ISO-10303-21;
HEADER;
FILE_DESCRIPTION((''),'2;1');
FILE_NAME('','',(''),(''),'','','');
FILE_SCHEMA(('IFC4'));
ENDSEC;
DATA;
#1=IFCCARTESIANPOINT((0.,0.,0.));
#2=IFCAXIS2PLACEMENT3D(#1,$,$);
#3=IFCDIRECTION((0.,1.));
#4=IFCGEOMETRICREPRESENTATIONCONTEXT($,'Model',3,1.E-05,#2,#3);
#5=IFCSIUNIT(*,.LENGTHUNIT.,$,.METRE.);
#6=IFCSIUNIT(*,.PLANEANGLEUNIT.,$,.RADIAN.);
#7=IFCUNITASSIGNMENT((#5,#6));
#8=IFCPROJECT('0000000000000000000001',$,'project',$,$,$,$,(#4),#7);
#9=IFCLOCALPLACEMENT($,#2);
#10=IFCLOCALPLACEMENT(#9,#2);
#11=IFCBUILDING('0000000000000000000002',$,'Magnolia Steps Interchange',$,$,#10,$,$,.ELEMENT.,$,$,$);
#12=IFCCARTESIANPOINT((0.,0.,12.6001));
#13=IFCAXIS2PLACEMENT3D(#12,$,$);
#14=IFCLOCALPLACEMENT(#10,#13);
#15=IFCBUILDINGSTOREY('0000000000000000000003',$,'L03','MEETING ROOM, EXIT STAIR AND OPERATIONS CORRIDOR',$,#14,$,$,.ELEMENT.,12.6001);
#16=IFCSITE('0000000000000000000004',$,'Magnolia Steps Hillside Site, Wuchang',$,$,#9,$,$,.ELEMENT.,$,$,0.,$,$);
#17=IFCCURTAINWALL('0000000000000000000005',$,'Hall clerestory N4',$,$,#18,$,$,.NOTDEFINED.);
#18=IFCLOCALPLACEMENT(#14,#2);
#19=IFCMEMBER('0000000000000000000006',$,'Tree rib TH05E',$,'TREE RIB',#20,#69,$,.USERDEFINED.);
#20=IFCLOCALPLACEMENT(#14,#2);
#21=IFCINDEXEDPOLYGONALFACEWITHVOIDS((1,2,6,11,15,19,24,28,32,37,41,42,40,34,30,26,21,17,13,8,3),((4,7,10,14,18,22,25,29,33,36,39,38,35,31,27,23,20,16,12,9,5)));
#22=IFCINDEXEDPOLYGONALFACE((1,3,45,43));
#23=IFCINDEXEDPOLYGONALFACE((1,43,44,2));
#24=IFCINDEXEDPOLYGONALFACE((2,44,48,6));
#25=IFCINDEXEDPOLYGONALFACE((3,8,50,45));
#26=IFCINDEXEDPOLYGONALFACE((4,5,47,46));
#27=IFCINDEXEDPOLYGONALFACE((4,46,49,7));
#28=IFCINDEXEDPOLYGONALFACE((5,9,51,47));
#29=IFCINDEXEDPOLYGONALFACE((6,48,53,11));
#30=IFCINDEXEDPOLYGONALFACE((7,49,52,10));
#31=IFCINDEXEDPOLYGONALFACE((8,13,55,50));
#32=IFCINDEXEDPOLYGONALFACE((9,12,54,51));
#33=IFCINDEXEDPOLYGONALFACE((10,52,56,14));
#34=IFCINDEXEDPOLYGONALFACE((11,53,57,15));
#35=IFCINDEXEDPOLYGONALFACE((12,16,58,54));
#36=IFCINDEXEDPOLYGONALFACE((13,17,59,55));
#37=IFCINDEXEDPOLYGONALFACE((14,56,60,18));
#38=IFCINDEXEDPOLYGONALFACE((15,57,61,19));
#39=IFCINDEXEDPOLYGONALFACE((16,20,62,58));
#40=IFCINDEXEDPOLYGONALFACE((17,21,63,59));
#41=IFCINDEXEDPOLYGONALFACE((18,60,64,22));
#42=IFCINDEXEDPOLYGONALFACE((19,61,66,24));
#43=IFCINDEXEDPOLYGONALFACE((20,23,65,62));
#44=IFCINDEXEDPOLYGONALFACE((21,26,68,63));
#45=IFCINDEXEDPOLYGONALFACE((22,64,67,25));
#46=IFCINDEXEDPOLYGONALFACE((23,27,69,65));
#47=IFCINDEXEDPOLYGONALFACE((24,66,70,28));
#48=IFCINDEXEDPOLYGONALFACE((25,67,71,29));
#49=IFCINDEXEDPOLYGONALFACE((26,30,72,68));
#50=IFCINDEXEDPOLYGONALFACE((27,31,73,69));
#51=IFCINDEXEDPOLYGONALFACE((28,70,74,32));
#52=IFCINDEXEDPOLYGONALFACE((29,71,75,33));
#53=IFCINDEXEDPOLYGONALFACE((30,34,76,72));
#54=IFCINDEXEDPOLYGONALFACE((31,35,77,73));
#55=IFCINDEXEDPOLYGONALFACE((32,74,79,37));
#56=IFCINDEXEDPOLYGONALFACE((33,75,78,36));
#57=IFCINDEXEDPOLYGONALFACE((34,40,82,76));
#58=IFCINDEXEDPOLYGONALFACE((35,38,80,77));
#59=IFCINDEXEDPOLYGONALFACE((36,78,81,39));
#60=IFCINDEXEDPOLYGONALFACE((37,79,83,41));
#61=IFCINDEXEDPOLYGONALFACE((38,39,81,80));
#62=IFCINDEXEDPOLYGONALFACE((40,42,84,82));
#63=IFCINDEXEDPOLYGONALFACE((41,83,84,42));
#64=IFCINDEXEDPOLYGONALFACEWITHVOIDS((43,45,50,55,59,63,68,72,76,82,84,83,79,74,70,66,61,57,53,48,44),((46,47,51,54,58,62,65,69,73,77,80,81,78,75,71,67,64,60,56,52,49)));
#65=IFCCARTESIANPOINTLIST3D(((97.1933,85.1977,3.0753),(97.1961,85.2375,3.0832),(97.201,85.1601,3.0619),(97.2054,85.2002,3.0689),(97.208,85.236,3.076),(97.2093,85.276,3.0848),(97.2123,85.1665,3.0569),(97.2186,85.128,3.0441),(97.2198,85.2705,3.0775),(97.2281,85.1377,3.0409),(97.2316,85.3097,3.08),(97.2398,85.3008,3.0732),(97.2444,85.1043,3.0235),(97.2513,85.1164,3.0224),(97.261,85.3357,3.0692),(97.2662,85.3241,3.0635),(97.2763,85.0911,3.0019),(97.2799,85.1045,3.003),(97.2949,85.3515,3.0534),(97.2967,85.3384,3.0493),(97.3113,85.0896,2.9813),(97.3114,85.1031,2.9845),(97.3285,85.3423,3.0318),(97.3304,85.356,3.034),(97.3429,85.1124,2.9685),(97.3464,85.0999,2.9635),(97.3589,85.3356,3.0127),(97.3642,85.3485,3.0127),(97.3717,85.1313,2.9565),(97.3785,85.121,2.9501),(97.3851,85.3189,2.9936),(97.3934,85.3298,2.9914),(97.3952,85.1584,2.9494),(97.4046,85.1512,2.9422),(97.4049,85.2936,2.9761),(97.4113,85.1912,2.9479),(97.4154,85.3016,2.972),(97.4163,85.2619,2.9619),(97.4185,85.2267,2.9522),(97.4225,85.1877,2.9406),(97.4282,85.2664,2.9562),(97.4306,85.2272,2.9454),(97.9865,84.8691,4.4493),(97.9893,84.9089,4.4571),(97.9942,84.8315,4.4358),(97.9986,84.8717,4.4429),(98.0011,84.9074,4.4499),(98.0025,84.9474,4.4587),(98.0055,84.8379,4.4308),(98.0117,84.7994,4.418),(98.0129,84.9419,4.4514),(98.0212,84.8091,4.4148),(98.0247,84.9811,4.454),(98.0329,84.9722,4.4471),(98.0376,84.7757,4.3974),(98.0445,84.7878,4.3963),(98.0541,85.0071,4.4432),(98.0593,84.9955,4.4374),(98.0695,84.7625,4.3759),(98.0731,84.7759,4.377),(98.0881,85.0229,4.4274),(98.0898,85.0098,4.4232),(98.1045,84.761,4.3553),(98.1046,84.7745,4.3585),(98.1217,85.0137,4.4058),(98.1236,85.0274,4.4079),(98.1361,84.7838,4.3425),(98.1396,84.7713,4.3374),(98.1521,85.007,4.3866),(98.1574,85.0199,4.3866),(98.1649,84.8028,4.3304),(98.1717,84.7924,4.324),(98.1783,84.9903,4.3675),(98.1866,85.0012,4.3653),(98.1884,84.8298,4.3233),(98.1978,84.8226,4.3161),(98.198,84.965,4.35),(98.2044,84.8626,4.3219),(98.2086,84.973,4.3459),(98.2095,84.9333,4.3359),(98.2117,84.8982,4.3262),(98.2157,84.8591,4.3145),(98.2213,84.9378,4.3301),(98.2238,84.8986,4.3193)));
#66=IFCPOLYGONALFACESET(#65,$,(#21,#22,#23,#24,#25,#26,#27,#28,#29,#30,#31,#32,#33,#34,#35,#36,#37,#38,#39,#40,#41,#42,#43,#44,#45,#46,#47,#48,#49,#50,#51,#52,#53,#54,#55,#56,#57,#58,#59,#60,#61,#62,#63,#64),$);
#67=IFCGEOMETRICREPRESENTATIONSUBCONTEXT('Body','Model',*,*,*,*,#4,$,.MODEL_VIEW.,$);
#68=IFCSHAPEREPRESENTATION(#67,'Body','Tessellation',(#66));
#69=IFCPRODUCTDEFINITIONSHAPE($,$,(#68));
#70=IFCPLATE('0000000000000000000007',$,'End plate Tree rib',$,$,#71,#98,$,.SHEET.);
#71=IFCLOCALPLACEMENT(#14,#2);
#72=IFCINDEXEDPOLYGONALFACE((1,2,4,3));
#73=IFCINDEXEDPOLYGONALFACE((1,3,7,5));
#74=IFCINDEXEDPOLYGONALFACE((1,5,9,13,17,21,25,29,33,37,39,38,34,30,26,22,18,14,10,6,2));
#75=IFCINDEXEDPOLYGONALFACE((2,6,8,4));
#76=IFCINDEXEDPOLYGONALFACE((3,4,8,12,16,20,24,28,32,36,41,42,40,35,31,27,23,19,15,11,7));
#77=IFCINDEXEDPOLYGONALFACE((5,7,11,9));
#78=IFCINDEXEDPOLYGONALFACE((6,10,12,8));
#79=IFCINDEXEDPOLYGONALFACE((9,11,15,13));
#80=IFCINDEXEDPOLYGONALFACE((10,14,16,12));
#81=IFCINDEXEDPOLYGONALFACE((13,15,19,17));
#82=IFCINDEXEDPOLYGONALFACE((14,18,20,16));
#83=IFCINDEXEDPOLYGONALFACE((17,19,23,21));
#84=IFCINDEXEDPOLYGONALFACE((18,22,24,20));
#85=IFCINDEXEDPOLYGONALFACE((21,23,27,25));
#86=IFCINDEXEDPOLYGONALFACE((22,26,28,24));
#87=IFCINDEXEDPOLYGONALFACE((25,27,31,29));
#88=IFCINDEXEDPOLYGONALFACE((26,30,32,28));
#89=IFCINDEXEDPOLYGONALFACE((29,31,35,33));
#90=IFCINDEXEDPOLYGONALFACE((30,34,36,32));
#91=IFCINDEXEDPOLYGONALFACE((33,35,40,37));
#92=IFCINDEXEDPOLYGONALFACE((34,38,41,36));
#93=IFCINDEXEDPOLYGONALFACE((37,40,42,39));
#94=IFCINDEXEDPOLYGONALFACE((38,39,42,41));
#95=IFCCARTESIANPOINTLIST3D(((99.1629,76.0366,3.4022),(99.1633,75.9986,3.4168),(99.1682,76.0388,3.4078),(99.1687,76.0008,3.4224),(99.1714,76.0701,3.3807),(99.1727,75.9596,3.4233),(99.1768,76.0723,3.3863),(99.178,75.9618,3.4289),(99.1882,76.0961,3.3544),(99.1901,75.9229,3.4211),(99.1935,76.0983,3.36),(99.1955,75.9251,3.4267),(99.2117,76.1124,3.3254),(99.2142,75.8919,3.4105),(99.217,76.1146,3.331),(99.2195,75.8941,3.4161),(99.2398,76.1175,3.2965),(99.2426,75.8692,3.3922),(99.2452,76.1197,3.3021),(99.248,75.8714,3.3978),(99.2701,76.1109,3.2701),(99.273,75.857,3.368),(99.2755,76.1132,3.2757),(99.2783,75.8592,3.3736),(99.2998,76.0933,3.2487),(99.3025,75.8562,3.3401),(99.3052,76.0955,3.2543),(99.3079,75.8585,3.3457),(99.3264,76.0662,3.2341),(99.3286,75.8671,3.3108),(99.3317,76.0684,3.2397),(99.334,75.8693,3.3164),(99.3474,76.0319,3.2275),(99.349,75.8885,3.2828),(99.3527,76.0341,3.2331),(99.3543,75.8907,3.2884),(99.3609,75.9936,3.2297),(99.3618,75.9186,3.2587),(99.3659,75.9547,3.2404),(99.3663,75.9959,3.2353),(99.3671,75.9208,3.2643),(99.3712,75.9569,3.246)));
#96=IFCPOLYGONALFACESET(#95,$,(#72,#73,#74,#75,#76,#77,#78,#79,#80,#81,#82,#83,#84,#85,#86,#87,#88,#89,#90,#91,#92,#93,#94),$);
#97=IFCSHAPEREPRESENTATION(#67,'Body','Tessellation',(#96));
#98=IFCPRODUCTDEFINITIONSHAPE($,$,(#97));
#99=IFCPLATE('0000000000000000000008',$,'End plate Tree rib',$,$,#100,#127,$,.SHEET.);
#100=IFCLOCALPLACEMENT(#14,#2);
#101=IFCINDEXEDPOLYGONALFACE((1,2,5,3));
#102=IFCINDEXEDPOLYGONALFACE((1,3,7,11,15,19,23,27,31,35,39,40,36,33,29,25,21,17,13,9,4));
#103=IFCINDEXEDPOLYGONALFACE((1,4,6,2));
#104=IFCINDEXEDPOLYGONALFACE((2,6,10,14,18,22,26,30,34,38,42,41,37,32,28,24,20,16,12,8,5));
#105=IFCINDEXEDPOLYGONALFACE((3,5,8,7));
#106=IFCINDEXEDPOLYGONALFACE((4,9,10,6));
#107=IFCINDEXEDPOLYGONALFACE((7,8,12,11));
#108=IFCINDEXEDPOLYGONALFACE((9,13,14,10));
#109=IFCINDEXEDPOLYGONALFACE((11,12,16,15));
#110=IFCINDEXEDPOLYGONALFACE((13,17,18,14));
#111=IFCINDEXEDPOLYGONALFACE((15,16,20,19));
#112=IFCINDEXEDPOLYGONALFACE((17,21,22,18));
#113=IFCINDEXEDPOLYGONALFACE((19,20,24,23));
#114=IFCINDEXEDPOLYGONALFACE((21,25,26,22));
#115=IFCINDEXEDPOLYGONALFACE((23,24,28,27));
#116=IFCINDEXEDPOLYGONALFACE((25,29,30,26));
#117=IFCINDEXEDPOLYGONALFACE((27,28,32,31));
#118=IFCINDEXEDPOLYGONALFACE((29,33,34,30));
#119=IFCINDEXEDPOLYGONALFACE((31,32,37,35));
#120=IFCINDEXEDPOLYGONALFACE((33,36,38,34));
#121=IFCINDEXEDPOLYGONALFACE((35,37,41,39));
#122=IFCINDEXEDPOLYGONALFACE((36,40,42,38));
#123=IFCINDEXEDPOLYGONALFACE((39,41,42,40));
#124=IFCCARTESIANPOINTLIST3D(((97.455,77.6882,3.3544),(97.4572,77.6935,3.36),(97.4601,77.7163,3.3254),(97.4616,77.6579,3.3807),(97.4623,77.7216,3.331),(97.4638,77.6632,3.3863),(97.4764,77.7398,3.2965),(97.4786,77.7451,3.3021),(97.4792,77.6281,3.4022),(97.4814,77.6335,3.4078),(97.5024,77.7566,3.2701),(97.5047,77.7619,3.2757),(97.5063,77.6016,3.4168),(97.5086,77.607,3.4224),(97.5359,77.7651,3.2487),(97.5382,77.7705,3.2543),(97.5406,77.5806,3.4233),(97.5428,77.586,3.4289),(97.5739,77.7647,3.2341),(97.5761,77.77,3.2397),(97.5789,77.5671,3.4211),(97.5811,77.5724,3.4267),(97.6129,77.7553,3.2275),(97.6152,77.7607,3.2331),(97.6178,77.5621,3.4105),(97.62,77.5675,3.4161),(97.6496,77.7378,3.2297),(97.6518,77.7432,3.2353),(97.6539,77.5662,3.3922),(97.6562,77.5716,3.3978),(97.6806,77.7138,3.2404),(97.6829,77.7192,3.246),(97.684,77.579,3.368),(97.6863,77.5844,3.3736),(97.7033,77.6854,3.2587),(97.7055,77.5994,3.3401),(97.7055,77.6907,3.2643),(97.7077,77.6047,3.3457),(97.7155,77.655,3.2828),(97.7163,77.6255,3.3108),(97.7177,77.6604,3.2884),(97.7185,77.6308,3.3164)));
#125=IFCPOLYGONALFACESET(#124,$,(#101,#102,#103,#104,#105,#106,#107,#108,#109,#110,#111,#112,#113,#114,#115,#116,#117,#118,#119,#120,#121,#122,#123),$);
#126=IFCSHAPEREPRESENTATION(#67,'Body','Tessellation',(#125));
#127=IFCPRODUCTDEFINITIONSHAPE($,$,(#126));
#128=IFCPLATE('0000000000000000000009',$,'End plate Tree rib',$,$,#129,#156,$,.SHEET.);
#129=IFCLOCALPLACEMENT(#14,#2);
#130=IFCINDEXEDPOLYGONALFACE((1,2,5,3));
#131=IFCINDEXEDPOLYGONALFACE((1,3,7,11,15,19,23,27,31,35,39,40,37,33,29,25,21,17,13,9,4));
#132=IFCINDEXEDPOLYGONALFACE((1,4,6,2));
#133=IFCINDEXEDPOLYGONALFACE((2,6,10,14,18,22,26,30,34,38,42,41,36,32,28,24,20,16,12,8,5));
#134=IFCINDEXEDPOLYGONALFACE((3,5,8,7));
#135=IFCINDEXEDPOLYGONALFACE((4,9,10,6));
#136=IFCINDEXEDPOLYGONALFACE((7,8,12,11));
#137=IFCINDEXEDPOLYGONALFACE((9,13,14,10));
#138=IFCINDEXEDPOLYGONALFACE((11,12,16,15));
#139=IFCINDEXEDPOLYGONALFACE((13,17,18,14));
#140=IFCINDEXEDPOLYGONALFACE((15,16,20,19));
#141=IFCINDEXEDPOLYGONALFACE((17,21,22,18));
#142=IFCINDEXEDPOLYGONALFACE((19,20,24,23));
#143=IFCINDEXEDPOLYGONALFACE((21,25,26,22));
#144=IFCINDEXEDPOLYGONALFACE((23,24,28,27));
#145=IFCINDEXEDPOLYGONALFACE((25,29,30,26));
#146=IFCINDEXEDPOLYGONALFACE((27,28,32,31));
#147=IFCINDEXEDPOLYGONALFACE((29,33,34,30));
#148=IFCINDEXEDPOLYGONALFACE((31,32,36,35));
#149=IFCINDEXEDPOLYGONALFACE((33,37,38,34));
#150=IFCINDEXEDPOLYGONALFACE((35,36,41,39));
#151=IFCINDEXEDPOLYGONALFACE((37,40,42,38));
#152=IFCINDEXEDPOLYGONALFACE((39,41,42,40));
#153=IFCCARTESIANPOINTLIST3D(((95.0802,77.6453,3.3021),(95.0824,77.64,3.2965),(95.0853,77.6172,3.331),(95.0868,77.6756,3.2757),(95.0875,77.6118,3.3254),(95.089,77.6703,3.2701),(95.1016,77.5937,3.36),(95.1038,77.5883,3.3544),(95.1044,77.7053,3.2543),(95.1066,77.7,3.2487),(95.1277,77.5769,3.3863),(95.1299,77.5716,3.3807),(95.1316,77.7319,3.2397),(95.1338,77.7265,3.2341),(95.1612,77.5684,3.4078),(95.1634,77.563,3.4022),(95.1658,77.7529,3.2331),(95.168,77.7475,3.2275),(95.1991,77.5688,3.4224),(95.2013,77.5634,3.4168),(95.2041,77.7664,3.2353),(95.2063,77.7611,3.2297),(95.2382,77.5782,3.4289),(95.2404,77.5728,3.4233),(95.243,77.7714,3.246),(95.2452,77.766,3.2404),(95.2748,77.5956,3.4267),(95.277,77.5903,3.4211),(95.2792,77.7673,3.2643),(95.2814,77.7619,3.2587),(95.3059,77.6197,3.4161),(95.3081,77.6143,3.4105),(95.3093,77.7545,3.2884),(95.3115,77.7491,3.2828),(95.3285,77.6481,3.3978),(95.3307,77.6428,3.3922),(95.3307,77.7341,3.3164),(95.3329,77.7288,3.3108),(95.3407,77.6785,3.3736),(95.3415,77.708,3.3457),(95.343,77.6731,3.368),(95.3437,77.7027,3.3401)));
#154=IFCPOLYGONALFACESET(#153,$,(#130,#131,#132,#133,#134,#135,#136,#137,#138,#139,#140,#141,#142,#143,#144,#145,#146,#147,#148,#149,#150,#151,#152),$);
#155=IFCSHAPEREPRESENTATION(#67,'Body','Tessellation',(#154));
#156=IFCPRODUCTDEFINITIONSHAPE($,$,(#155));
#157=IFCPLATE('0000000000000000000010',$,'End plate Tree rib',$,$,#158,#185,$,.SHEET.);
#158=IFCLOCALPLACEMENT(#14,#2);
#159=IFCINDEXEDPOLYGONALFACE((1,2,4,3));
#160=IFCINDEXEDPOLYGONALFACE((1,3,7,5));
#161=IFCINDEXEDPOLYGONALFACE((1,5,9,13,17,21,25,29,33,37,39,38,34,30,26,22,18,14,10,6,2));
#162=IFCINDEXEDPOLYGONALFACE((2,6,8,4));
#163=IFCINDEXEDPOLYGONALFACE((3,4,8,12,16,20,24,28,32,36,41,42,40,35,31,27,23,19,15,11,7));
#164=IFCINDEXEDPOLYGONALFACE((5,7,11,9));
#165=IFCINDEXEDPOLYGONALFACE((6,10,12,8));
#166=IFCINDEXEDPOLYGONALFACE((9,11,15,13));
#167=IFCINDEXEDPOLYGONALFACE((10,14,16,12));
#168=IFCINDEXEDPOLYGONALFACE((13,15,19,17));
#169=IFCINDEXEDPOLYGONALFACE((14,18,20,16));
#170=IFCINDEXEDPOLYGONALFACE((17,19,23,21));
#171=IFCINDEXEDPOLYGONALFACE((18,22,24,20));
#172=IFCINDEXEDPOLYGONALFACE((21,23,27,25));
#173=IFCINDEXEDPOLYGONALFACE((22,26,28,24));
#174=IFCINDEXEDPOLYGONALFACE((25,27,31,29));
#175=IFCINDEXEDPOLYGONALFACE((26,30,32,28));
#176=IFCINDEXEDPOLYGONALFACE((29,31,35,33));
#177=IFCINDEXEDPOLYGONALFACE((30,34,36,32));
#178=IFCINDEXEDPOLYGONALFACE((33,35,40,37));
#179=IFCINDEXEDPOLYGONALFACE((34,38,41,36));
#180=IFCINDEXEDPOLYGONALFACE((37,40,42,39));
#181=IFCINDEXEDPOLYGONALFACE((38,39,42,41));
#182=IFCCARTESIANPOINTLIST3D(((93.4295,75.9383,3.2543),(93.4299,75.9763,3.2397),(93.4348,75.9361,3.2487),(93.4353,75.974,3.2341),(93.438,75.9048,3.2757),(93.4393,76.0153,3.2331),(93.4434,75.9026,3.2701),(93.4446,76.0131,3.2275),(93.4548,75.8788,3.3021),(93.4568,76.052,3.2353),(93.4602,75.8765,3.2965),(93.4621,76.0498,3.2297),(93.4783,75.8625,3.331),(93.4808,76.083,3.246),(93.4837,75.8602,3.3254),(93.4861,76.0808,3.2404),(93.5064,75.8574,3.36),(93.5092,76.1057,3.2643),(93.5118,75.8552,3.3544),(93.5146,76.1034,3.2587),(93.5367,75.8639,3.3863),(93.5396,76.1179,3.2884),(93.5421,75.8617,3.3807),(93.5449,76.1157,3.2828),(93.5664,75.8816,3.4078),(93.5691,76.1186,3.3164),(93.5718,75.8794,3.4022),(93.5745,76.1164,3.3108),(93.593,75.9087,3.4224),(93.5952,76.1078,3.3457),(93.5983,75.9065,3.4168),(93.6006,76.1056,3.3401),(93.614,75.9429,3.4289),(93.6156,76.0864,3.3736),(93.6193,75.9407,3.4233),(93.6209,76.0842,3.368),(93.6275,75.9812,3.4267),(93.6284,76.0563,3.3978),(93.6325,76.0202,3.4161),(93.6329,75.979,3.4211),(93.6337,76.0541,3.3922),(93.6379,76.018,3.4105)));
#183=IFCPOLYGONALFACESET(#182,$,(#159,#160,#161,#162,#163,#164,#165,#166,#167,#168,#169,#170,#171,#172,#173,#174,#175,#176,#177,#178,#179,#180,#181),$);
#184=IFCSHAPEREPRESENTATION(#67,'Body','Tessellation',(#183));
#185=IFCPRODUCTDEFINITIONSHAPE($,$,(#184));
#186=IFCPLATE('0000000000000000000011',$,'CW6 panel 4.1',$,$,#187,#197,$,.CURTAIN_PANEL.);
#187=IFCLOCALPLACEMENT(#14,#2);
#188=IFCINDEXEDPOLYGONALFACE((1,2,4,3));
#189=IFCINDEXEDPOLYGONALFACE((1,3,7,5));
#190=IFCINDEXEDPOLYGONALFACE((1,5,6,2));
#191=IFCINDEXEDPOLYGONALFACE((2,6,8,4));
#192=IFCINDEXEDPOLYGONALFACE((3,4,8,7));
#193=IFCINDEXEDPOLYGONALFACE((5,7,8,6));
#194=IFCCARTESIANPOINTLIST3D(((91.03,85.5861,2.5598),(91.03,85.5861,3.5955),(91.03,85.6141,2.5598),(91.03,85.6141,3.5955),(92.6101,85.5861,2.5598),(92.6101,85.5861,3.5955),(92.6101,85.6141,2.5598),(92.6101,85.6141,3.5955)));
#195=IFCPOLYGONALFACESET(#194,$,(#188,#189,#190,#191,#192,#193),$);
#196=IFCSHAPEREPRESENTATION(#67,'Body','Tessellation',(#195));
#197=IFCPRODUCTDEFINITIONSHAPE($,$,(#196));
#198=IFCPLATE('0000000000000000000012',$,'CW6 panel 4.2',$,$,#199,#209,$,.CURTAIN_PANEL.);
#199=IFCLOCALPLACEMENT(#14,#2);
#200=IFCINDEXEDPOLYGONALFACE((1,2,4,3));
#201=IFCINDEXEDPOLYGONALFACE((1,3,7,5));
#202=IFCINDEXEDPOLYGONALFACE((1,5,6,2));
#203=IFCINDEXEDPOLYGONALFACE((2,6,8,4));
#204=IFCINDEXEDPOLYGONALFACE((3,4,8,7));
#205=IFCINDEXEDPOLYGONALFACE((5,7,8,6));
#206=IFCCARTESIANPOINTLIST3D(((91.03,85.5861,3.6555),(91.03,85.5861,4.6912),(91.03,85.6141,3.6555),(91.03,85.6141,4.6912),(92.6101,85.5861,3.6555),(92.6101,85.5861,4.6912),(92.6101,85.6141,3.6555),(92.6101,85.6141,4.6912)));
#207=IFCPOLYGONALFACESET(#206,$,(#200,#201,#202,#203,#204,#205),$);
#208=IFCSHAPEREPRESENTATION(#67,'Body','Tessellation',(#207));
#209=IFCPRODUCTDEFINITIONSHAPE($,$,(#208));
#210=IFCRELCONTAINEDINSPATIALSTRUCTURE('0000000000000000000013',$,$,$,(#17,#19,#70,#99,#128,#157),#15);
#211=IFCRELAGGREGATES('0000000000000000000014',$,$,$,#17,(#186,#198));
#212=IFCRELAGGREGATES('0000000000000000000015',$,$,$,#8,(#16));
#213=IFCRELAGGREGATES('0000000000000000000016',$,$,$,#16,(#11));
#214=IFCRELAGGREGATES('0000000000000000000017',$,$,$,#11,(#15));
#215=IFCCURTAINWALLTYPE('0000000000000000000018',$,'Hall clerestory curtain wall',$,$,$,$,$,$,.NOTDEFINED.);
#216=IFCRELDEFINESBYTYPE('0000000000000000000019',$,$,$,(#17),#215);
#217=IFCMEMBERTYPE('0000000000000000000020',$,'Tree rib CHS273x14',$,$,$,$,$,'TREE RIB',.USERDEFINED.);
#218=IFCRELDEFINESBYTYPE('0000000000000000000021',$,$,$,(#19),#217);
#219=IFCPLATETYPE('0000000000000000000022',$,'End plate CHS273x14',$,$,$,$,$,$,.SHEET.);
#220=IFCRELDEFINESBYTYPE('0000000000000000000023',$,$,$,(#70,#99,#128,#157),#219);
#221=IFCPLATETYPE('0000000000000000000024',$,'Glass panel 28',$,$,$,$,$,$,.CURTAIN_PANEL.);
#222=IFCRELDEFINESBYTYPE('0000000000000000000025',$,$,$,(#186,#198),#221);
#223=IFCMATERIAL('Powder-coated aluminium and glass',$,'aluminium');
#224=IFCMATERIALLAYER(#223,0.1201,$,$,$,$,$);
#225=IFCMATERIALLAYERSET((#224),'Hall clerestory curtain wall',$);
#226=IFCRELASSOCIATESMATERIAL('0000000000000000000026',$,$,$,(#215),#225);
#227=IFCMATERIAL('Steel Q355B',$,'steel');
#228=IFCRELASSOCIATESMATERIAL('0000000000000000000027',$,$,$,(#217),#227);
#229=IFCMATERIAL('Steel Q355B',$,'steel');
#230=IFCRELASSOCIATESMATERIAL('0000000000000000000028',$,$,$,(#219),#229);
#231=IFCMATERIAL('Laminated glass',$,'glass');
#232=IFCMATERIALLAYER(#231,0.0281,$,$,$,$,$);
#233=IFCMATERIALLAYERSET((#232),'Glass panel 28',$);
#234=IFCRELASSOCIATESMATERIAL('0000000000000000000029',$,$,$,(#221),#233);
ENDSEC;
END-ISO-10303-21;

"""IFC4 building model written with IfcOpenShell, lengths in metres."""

from ifc_helpers import new_model, si_unit, direction, frame, origin, origin_2d, place, context, subcontext, project, spatial, rectangle, circle, hollow_circle, extrude, material, layer, layer_set, material_profile, profile_set, type_object, element, aggregate, save


model = new_model("IFC4")

# Units and contexts
model_context = context("Model", 3, precision=1e-05, world=origin(), true_north=direction((0.0, 1.0)))
body_context = subcontext(model_context, "Body", "Model", "MODEL_VIEW")
ifc_project = project(units=[si_unit("LENGTHUNIT", "METRE"), si_unit("PLANEANGLEUNIT", "RADIAN")], contexts=[model_context])

# Site, building, storey
site_placement = place(None, origin())
site = spatial("IfcSite", under=ifc_project, at=site_placement, Name="Magnolia Steps Hillside Site, Wuchang", CompositionType="ELEMENT", RefElevation=0.0)
building_placement = place(site_placement, origin())
building = spatial("IfcBuilding", under=site, at=building_placement, Name="Magnolia Steps Interchange", CompositionType="ELEMENT")
storey_placement = place(building_placement, frame((0.0, 0.0, 12.6001)))
storey = spatial("IfcBuildingStorey", under=building, at=storey_placement, Name="L03", Description="MEETING ROOM, EXIT STAIR AND OPERATIONS CORRIDOR", CompositionType="ELEMENT", Elevation=12.6001)

# Curtain wall
ifc_material_1 = material(Name="Powder-coated aluminium and glass", Category="aluminium")
ifc_layer_1 = layer(ifc_material_1, 0.1201)
ifc_layer_set_1 = layer_set([ifc_layer_1], Name="Hall clerestory curtain wall")
curtain_wall_type = type_object("IfcCurtainWallType", Name="Hall clerestory curtain wall", PredefinedType="NOTDEFINED", material=ifc_layer_set_1)
curtain_wall_placement = place(storey_placement, origin())
curtain_wall = element("IfcCurtainWall", 1, at=curtain_wall_placement, inside=storey, type_object=curtain_wall_type, Name="Hall clerestory N4", PredefinedType="NOTDEFINED")

# Member
ifc_material_2 = material(Name="Steel Q355B", Category="steel")
ifc_material_profile_1 = material_profile(ifc_material_2, hollow_circle(Radius=0.1365, WallThickness=0.0139, at=origin_2d()), Name="CHS273x14")
ifc_profile_set_1 = profile_set([ifc_material_profile_1], Name="Steel Q355B")
member_type_1 = type_object("IfcMemberType", Name="Tree rib CHS273x14", ElementType="TREE RIB", PredefinedType="USERDEFINED", material=ifc_profile_set_1)
member_1_placement = place(storey_placement, frame((97.312, 85.2224, 3.0127), z_axis=(0.489571, -0.20282, 0.848047), x_axis=(0.382737, 0.923857, 0.0)))
element("IfcMember", 2, at=member_1_placement, inside=storey, type_object=member_type_1, Name="Tree rib TH05E", ObjectType="TREE RIB", PredefinedType="USERDEFINED", context=body_context, shape_type="SweptSolid", body=[
    extrude(hollow_circle(Radius=0.1365, WallThickness=0.0139, at=origin_2d()), origin(), (0.0, 0.0, 1.0), 1.6201),
])

# Plates
ifc_material_3 = material(Name="Steel Q355B", Category="steel")
ifc_material_profile_2 = material_profile(ifc_material_3, circle(Radius=0.1365, at=origin_2d()), Name="End plate CHS273x14")
ifc_profile_set_2 = profile_set([ifc_material_profile_2], Name="Steel Q355B")
plate_type_1 = type_object("IfcPlateType", Name="End plate CHS273x14", PredefinedType="SHEET", material=ifc_profile_set_2)
for number, where, z_axis, x_axis, name in (
    (3, (99.2639, 75.9863, 3.3254), (0.664583, 0.275279, 0.694658), (-0.382683, 0.92388, 0.0), "End plate Tree rib"),
    (4, (97.5862, 77.6641, 3.3254), (0.275279, 0.664583, 0.694658), (-0.92388, 0.382683, 0.0), "End plate Tree rib"),
    (5, (95.2136, 77.6641, 3.3254), (-0.275279, 0.664583, 0.694658), (-0.92388, -0.382683, 0.0), "End plate Tree rib"),
    (6, (93.5359, 75.9863, 3.3254), (-0.664583, 0.275279, 0.694658), (-0.382683, -0.92388, 0.0), "End plate Tree rib"),
):
    element("IfcPlate", number, at=place(storey_placement, frame(where, z_axis=z_axis, x_axis=x_axis)), inside=storey, type_object=plate_type_1, Name=name, PredefinedType="SHEET", context=body_context, shape_type="SweptSolid", body=[
        extrude(circle(Radius=0.1365, at=origin_2d()), origin(), (0.0, 0.0, 1.0), 0.0081),
    ])

# Plates
ifc_material_4 = material(Name="Laminated glass", Category="glass")
ifc_layer_2 = layer(ifc_material_4, 0.0281)
ifc_layer_set_2 = layer_set([ifc_layer_2], Name="Glass panel 28")
plate_type_2 = type_object("IfcPlateType", Name="Glass panel 28", PredefinedType="CURTAIN_PANEL", material=ifc_layer_set_2)
plate_1_placement = place(storey_placement, frame((91.8201, 85.6001, 2.5598), z_axis=(0.0, 0.0, 1.0), x_axis=(1.0, 0.0, 0.0)))
plate_1 = element("IfcPlate", 7, at=plate_1_placement, type_object=plate_type_2, Name="CW6 panel 4.1", PredefinedType="CURTAIN_PANEL", context=body_context, shape_type="SweptSolid", body=[
    extrude(rectangle(XDim=1.5801, YDim=0.0281, at=origin_2d()), origin(), (0.0, 0.0, 1.0), 1.0356),
])
plate_2_placement = place(storey_placement, frame((91.8201, 85.6001, 3.6555), z_axis=(0.0, 0.0, 1.0), x_axis=(1.0, 0.0, 0.0)))
plate_2 = element("IfcPlate", 8, at=plate_2_placement, type_object=plate_type_2, Name="CW6 panel 4.2", PredefinedType="CURTAIN_PANEL", context=body_context, shape_type="SweptSolid", body=[
    extrude(rectangle(XDim=1.5801, YDim=0.0281, at=origin_2d()), origin(), (0.0, 0.0, 1.0), 1.0356),
])
aggregate(curtain_wall, [plate_1, plate_2])

save(model, "model.ifc")
